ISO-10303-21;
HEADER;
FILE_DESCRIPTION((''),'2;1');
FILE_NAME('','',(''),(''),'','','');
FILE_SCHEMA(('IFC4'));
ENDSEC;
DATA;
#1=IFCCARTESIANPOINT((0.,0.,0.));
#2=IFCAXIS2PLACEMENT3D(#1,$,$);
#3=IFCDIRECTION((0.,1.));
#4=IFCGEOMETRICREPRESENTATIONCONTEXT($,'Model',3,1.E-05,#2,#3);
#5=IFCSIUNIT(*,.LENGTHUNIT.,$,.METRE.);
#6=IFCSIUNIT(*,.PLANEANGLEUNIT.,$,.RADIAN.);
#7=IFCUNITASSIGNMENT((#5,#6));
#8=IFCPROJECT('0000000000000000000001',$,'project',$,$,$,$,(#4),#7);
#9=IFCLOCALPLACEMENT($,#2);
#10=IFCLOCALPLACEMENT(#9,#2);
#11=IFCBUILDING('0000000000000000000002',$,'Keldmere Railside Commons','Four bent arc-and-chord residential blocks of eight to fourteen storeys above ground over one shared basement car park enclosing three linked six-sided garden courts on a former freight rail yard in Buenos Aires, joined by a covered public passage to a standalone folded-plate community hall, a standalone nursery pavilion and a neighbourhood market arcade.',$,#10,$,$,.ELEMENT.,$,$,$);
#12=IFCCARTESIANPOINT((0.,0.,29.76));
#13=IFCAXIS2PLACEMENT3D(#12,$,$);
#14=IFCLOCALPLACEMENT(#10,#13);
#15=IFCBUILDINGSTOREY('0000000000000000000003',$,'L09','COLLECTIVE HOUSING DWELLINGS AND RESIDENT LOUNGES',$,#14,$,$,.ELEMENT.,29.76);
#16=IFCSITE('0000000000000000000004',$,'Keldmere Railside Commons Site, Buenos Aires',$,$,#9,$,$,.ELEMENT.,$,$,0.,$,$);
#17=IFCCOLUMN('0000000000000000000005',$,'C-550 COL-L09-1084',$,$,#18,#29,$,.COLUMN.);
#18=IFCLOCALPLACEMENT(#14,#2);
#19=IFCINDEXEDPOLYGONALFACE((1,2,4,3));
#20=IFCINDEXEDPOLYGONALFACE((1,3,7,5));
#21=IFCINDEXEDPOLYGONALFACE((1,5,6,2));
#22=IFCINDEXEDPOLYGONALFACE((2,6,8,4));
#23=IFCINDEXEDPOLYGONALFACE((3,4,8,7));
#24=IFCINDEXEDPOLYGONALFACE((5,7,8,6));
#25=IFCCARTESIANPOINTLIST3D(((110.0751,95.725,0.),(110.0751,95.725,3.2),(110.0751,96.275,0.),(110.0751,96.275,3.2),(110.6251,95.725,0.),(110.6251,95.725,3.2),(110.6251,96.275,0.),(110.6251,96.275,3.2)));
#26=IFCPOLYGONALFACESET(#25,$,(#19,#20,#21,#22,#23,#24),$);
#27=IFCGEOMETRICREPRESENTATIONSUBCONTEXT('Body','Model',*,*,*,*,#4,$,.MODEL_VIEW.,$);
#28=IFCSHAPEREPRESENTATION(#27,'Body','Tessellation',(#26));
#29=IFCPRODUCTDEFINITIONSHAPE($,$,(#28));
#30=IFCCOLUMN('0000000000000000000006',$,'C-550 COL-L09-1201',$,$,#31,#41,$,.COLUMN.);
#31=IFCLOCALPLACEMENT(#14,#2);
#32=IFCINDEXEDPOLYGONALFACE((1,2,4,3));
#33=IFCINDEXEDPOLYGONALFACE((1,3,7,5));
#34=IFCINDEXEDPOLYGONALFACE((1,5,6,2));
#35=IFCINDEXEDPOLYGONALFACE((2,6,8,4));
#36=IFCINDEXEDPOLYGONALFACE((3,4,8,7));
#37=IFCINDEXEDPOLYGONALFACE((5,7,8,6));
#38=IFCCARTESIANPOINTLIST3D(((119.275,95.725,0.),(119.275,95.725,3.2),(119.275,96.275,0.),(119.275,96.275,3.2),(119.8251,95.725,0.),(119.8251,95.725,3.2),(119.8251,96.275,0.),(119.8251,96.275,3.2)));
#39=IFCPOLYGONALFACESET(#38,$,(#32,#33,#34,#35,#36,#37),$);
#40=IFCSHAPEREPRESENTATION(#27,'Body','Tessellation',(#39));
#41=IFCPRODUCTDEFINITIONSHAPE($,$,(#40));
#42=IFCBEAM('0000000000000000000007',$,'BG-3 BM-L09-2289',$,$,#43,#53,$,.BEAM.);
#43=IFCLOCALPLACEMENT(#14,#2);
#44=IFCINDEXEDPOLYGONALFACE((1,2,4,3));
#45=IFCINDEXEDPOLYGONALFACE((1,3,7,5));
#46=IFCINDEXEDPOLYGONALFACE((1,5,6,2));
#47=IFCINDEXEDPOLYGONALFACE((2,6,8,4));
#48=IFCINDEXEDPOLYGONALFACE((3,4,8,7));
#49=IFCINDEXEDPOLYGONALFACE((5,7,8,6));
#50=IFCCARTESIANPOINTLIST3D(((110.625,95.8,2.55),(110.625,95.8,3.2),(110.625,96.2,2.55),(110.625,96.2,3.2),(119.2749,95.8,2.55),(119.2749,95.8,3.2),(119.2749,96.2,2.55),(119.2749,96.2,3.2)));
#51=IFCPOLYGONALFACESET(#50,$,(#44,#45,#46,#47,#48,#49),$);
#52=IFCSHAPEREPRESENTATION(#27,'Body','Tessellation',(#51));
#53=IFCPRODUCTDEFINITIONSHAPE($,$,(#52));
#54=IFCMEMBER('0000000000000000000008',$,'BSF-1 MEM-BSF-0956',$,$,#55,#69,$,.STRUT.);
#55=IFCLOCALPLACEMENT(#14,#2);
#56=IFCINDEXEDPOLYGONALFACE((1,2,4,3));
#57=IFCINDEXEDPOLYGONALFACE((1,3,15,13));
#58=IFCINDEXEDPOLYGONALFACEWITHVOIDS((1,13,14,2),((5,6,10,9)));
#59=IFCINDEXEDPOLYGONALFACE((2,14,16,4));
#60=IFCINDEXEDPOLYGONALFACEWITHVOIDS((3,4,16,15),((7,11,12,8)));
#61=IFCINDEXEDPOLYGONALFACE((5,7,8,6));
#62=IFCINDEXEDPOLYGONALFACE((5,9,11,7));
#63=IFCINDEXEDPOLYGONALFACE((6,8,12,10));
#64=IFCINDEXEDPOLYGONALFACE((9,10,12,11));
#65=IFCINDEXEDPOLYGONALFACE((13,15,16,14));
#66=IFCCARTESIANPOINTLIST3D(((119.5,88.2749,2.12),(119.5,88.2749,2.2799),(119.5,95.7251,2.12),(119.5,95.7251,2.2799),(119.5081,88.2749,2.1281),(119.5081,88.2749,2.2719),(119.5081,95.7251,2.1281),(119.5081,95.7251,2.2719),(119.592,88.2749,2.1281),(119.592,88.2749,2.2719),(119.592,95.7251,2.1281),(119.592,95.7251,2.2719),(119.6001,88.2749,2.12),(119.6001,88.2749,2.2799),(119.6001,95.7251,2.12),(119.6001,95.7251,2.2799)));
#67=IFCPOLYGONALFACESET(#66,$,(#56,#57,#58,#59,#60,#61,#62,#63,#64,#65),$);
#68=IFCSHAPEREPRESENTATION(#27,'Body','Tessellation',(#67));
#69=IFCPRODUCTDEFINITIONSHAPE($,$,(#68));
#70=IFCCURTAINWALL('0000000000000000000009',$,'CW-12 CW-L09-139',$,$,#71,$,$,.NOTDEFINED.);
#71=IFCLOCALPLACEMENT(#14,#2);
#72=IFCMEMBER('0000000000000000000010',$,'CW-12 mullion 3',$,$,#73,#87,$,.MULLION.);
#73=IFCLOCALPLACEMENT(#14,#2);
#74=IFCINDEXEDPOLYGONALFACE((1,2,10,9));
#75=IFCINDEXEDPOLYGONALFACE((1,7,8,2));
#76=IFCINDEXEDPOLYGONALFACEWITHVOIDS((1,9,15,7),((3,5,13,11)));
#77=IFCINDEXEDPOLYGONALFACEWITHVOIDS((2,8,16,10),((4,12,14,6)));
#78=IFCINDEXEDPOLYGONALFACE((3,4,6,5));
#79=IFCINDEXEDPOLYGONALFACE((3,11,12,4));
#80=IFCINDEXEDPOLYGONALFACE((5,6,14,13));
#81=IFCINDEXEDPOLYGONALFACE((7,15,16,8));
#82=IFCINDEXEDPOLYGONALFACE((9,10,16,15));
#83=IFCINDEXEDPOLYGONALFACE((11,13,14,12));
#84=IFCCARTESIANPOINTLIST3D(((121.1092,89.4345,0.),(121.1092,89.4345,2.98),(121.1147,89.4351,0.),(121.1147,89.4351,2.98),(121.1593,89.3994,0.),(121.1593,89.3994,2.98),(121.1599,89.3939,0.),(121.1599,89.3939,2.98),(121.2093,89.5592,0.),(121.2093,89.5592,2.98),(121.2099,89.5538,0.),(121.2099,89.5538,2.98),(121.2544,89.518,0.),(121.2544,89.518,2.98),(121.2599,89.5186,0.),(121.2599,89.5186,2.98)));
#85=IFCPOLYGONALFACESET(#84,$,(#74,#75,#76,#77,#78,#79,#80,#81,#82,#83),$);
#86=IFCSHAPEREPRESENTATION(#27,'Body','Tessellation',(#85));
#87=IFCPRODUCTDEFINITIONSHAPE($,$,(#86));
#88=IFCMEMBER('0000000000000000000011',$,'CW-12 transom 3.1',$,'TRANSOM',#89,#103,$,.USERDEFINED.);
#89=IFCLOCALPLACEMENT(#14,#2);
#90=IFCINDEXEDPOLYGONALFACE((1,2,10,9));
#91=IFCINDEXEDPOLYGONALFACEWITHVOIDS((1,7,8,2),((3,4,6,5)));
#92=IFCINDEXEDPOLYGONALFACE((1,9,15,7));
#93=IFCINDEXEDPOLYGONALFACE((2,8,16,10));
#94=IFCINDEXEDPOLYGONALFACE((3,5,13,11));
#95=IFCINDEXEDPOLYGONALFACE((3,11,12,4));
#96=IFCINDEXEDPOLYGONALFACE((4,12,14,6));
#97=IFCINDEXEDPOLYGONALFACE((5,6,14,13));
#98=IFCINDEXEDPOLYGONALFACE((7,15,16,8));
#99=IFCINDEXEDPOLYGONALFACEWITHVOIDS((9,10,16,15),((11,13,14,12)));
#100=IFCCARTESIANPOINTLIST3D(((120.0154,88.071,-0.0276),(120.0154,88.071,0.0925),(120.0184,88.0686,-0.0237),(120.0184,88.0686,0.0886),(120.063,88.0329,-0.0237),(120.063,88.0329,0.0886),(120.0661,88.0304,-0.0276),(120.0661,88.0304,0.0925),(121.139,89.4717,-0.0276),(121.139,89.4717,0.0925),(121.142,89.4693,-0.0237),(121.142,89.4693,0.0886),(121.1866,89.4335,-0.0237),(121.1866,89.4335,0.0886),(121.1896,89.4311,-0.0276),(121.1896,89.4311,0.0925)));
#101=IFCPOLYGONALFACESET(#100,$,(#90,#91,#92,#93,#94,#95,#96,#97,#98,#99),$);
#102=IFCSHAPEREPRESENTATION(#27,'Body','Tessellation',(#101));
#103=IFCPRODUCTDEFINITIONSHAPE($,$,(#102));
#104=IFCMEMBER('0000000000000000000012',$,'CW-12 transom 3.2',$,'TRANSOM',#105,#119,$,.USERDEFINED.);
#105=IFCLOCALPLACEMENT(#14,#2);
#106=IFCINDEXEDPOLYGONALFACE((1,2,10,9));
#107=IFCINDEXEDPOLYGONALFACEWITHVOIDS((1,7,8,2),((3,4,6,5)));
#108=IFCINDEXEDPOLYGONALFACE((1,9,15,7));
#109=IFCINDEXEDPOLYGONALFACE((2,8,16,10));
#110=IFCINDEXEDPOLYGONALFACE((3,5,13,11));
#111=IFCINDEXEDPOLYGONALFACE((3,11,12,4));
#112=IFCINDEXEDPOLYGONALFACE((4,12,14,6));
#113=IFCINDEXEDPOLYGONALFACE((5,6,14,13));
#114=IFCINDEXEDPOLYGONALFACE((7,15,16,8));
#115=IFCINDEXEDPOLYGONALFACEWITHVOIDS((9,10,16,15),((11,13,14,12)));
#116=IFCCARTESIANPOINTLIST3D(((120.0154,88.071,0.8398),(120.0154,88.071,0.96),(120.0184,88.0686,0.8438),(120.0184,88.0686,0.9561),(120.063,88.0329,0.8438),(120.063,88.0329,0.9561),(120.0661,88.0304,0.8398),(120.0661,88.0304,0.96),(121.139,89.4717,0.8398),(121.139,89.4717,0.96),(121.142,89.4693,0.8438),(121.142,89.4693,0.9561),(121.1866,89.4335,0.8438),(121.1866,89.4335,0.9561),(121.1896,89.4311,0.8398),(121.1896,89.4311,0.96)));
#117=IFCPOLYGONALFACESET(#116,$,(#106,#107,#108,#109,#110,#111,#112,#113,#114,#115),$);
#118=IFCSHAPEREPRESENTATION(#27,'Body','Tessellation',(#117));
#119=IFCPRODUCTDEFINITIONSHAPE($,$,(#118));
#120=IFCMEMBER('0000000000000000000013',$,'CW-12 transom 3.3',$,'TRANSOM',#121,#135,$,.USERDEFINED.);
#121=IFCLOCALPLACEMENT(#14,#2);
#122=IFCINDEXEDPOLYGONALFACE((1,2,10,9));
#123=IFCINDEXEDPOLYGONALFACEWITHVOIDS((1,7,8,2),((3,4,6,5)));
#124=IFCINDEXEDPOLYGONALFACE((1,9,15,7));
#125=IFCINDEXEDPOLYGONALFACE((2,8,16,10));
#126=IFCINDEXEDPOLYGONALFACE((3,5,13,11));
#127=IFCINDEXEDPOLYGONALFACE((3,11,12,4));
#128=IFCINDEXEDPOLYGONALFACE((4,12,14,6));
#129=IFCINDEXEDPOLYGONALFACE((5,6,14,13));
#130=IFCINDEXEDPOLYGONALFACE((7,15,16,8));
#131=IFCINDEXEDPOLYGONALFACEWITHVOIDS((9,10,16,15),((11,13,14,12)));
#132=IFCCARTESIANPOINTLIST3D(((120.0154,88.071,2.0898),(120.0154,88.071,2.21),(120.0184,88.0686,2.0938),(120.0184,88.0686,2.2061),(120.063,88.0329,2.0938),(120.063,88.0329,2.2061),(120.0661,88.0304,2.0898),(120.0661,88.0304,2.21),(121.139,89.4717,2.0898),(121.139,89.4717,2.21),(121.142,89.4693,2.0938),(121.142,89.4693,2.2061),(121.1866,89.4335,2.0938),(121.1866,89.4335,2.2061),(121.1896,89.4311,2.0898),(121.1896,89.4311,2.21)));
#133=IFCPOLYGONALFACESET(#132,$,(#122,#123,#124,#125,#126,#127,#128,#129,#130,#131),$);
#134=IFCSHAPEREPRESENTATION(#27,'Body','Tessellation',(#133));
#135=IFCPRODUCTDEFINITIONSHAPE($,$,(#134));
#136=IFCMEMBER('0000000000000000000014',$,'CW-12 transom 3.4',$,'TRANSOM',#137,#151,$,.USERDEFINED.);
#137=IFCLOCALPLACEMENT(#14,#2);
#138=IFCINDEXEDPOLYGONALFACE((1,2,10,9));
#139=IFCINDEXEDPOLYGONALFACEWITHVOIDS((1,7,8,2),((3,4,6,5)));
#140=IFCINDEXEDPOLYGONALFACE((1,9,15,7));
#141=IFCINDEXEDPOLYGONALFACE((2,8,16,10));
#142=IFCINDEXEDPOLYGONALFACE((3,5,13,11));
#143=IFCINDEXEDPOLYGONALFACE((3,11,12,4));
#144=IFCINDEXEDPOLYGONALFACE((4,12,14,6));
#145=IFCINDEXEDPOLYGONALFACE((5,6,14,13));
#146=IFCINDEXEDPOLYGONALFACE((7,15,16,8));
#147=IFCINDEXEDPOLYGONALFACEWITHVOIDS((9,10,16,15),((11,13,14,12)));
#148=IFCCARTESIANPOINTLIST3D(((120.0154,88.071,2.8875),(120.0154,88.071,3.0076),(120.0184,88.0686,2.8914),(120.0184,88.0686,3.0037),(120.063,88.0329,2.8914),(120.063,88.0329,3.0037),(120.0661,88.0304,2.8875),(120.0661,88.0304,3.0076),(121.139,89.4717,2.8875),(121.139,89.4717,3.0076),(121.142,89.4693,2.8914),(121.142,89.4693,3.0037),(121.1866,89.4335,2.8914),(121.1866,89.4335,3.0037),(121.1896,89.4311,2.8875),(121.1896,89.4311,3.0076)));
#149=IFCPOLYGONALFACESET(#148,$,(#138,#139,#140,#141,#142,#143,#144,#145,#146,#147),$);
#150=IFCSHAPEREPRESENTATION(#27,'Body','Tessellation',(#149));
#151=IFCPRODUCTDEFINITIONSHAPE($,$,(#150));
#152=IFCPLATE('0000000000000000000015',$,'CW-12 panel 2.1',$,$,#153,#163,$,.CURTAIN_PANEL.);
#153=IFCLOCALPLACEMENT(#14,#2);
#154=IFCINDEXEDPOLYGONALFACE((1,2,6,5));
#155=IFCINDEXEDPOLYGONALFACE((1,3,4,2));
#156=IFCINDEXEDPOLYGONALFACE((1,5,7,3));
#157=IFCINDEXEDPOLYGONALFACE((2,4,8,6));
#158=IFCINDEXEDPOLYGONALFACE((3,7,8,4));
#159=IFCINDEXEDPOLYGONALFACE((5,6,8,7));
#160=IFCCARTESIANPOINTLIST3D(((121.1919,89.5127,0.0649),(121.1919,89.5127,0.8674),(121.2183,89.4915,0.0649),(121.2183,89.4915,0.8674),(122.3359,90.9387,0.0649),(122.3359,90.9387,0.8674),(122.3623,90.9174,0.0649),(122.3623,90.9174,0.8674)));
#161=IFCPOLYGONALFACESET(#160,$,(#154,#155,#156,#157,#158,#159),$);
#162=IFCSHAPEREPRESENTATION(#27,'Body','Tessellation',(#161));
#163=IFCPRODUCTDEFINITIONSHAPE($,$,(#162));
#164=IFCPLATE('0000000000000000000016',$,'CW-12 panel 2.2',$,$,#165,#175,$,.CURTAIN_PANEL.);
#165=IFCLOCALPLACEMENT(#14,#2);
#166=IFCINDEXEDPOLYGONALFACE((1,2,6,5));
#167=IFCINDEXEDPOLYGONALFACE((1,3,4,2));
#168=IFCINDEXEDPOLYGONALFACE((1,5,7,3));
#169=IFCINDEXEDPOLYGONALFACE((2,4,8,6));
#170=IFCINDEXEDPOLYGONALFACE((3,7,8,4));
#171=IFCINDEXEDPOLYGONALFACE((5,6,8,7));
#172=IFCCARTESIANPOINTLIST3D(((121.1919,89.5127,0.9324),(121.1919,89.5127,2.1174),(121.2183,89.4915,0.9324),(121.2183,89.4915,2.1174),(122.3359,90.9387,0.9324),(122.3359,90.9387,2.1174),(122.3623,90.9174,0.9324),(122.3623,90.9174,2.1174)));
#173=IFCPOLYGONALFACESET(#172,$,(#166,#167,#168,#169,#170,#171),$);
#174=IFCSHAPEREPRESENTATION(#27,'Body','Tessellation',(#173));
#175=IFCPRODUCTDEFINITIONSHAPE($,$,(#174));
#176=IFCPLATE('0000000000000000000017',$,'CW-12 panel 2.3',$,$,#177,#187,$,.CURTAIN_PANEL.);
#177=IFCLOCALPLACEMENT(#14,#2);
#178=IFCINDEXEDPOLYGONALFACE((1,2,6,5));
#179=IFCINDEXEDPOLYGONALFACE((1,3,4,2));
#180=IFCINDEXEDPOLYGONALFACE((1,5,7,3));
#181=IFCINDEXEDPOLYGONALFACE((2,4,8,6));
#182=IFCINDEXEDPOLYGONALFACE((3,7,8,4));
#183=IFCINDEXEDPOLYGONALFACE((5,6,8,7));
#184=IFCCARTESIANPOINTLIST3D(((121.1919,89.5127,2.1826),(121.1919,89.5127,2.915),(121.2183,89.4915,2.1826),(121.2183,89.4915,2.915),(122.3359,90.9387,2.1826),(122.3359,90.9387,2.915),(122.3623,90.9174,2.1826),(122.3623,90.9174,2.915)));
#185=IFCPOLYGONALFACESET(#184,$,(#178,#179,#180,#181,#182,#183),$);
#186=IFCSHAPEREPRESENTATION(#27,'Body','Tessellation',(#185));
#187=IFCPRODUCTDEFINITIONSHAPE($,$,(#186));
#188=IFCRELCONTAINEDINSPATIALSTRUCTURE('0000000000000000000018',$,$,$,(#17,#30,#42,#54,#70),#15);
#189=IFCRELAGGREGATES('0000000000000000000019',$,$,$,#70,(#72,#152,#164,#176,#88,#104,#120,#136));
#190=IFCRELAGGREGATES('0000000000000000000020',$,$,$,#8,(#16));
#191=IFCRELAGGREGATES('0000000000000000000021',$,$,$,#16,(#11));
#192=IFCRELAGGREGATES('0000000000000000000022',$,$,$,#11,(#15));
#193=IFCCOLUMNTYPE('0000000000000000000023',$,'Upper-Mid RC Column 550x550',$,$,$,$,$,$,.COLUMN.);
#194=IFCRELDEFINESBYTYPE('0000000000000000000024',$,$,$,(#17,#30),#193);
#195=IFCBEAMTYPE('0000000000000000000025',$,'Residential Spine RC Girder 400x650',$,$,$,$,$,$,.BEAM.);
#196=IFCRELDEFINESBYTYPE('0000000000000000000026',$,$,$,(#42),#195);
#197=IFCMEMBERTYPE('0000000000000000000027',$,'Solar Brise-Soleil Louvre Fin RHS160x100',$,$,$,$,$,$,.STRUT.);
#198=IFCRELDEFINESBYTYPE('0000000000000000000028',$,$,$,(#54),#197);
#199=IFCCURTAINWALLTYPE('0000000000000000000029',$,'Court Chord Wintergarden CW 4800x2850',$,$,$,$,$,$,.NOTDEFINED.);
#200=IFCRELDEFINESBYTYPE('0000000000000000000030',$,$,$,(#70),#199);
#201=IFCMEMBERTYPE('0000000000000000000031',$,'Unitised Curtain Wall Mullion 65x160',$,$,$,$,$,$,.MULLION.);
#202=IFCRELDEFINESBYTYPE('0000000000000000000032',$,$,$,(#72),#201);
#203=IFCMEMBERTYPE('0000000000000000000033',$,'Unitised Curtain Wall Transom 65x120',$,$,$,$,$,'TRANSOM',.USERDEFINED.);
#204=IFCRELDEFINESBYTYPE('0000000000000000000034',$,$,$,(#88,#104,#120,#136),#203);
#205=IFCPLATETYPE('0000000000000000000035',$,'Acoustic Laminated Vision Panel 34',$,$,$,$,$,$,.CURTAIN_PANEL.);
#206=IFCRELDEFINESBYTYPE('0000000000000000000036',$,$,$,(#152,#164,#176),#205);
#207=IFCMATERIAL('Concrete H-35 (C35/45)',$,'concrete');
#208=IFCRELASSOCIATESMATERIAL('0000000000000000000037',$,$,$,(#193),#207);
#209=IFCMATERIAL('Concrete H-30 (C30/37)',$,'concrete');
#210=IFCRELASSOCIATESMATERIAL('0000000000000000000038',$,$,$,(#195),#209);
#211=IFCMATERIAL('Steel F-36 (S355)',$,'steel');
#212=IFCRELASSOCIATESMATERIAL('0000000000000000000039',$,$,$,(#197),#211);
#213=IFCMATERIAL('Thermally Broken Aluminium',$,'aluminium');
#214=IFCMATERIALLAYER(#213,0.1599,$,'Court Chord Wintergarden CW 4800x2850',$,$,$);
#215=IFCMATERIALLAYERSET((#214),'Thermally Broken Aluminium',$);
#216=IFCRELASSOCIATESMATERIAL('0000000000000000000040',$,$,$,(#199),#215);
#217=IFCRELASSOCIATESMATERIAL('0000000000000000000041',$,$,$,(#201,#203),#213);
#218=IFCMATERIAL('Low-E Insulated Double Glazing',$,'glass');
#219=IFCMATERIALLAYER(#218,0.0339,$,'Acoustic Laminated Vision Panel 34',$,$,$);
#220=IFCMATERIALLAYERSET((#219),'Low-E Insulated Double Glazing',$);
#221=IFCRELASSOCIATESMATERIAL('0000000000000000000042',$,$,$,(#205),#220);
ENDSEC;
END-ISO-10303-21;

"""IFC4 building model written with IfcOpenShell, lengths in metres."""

from ifc_helpers import new_model, si_unit, direction, frame, origin, origin_2d, place, context, subcontext, project, spatial, rectangle, hollow_rectangle, extrude, material, layer, layer_set, material_profile, profile_set, type_object, element, aggregate, save


model = new_model("IFC4")

# Units and contexts
model_context = context("Model", 3, precision=1e-05, world=origin(), true_north=direction((0.0, 1.0)))
body_context = subcontext(model_context, "Body", "Model", "MODEL_VIEW")
ifc_project = project(units=[si_unit("LENGTHUNIT", "METRE"), si_unit("PLANEANGLEUNIT", "RADIAN")], contexts=[model_context])

# Site, building, storey
site_placement = place(None, origin())
site = spatial("IfcSite", under=ifc_project, at=site_placement, Name="Keldmere Railside Commons Site, Buenos Aires", CompositionType="ELEMENT", RefElevation=0.0)
building_placement = place(site_placement, origin())
building = spatial("IfcBuilding", under=site, at=building_placement, Name="Keldmere Railside Commons", Description="Four bent arc-and-chord residential blocks of eight to fourteen storeys above ground over one shared basement car park enclosing three linked six-sided garden courts on a former freight rail yard in Buenos Aires, joined by a covered public passage to a standalone folded-plate community hall, a standalone nursery pavilion and a neighbourhood market arcade.", CompositionType="ELEMENT")
storey_placement = place(building_placement, frame((0.0, 0.0, 29.76)))
storey = spatial("IfcBuildingStorey", under=building, at=storey_placement, Name="L09", Description="COLLECTIVE HOUSING DWELLINGS AND RESIDENT LOUNGES", CompositionType="ELEMENT", Elevation=29.76)

# Columns
ifc_material_1 = material(Name="Concrete H-35 (C35/45)", Category="concrete")
ifc_material_profile_1 = material_profile(ifc_material_1, rectangle(XDim=0.55, YDim=0.55, at=origin_2d()), Name="RC-550x550")
ifc_profile_set_1 = profile_set([ifc_material_profile_1], Name="Concrete H-35 (C35/45)")
column_type = type_object("IfcColumnType", Name="Upper-Mid RC Column 550x550", PredefinedType="COLUMN", material=ifc_profile_set_1)
for number, where, z_axis, x_axis, name in (
    (1, (110.3501, 96.0, 0.0), (0.0, 0.0, 1.0), (1.0, 0.0, 0.0), "C-550 COL-L09-1084"),
    (2, (119.55, 96.0, 0.0), (0.0, 0.0, 1.0), (1.0, 0.0, 0.0), "C-550 COL-L09-1201"),
):
    element("IfcColumn", number, at=place(storey_placement, frame(where, z_axis=z_axis, x_axis=x_axis)), inside=storey, type_object=column_type, Name=name, PredefinedType="COLUMN", context=body_context, shape_type="SweptSolid", body=[
        extrude(rectangle(XDim=0.55, YDim=0.55, at=origin_2d()), origin(), (0.0, 0.0, 1.0), 3.2),
    ])

# Beam
ifc_material_2 = material(Name="Concrete H-30 (C30/37)", Category="concrete")
ifc_material_profile_2 = material_profile(ifc_material_2, rectangle(XDim=0.3999, YDim=0.6499, at=origin_2d()), Name="RC-400x650")
ifc_profile_set_2 = profile_set([ifc_material_profile_2], Name="Concrete H-30 (C30/37)")
beam_type = type_object("IfcBeamType", Name="Residential Spine RC Girder 400x650", PredefinedType="BEAM", material=ifc_profile_set_2)
beam_placement = place(storey_placement, frame((110.625, 96.0, 2.875), z_axis=(1.0, 0.0, 0.0), x_axis=(0.0, 1.0, 0.0)))
element("IfcBeam", 3, at=beam_placement, inside=storey, type_object=beam_type, Name="BG-3 BM-L09-2289", PredefinedType="BEAM", context=body_context, shape_type="SweptSolid", body=[
    extrude(rectangle(XDim=0.3999, YDim=0.6499, at=origin_2d()), origin(), (0.0, 0.0, 1.0), 8.6499),
])

# Member
ifc_material_3 = material(Name="Steel F-36 (S355)", Category="steel")
ifc_material_profile_3 = material_profile(ifc_material_3, hollow_rectangle(XDim=0.1001, YDim=0.1599, WallThickness=0.0081, at=origin_2d()), Name="RHS-160x100x8")
ifc_profile_set_3 = profile_set([ifc_material_profile_3], Name="Steel F-36 (S355)")
member_type_1 = type_object("IfcMemberType", Name="Solar Brise-Soleil Louvre Fin RHS160x100", PredefinedType="STRUT", material=ifc_profile_set_3)
member_1_placement = place(storey_placement, frame((119.55, 88.2749, 2.2), z_axis=(0.0, 1.0, 0.0), x_axis=(-1.0, 0.0, 0.0)))
element("IfcMember", 4, at=member_1_placement, inside=storey, type_object=member_type_1, Name="BSF-1 MEM-BSF-0956", PredefinedType="STRUT", context=body_context, shape_type="SweptSolid", body=[
    extrude(hollow_rectangle(XDim=0.1001, YDim=0.1599, WallThickness=0.0081, at=origin_2d()), origin(), (0.0, 0.0, 1.0), 7.4502),
])

# Curtain wall, members, plates
ifc_material_4 = material(Name="Thermally Broken Aluminium", Category="aluminium")
ifc_layer_1 = layer(ifc_material_4, 0.1599, Name="Court Chord Wintergarden CW 4800x2850")
ifc_layer_set_1 = layer_set([ifc_layer_1], Name="Thermally Broken Aluminium")
curtain_wall_type = type_object("IfcCurtainWallType", Name="Court Chord Wintergarden CW 4800x2850", PredefinedType="NOTDEFINED", material=ifc_layer_set_1)
curtain_wall_placement = place(storey_placement, origin())
curtain_wall = element("IfcCurtainWall", 5, at=curtain_wall_placement, inside=storey, type_object=curtain_wall_type, Name="CW-12 CW-L09-139", PredefinedType="NOTDEFINED")
ifc_material_profile_4 = material_profile(ifc_material_4, hollow_rectangle(XDim=0.0649, YDim=0.1599, WallThickness=0.0039, at=origin_2d()), Name="ALU-MULL-65x160")
ifc_profile_set_4 = profile_set([ifc_material_profile_4], Name="Thermally Broken Aluminium")
member_type_2 = type_object("IfcMemberType", Name="Unitised Curtain Wall Mullion 65x160", PredefinedType="MULLION", material=ifc_profile_set_4)
member_2_placement = place(storey_placement, frame((121.1846, 89.4766, 0.0), z_axis=(0.0, 0.0, 1.0), x_axis=(0.780009, -0.625768, 0.0)))
member_2 = element("IfcMember", 6, at=member_2_placement, type_object=member_type_2, Name="CW-12 mullion 3", PredefinedType="MULLION", context=body_context, shape_type="SweptSolid", body=[
    extrude(hollow_rectangle(XDim=0.0649, YDim=0.1599, WallThickness=0.0039, at=origin_2d()), origin(), (0.0, 0.0, 1.0), 2.98),
])
ifc_material_profile_5 = material_profile(ifc_material_4, hollow_rectangle(XDim=0.0649, YDim=0.1201, WallThickness=0.0039, at=origin_2d()), Name="ALU-TRAN-65x120")
ifc_profile_set_5 = profile_set([ifc_material_profile_5], Name="Thermally Broken Aluminium")
member_type_3 = type_object("IfcMemberType", Name="Unitised Curtain Wall Transom 65x120", ElementType="TRANSOM", PredefinedType="USERDEFINED", material=ifc_profile_set_5)
member_3_placement = place(storey_placement, frame((121.1643, 89.4514, 0.0325), z_axis=(-0.625723, -0.780046, 0.0), x_axis=(0.780046, -0.625723, 0.0)))
member_3 = element("IfcMember", 7, at=member_3_placement, type_object=member_type_3, Name="CW-12 transom 3.1", ObjectType="TRANSOM", PredefinedType="USERDEFINED", context=body_context, shape_type="SweptSolid", body=[
    extrude(hollow_rectangle(XDim=0.0649, YDim=0.1201, WallThickness=0.0039, at=origin_2d()), origin(), (0.0, 0.0, 1.0), 1.7957),
])
member_4_placement = place(storey_placement, frame((121.1643, 89.4514, 0.8999), z_axis=(-0.625723, -0.780046, 0.0), x_axis=(0.780046, -0.625723, 0.0)))
member_4 = element("IfcMember", 8, at=member_4_placement, type_object=member_type_3, Name="CW-12 transom 3.2", ObjectType="TRANSOM", PredefinedType="USERDEFINED", context=body_context, shape_type="SweptSolid", body=[
    extrude(hollow_rectangle(XDim=0.0649, YDim=0.1201, WallThickness=0.0039, at=origin_2d()), origin(), (0.0, 0.0, 1.0), 1.7957),
])
member_5_placement = place(storey_placement, frame((121.1643, 89.4514, 2.1499), z_axis=(-0.625723, -0.780046, 0.0), x_axis=(0.780046, -0.625723, 0.0)))
member_5 = element("IfcMember", 9, at=member_5_placement, type_object=member_type_3, Name="CW-12 transom 3.3", ObjectType="TRANSOM", PredefinedType="USERDEFINED", context=body_context, shape_type="SweptSolid", body=[
    extrude(hollow_rectangle(XDim=0.0649, YDim=0.1201, WallThickness=0.0039, at=origin_2d()), origin(), (0.0, 0.0, 1.0), 1.7957),
])
member_6_placement = place(storey_placement, frame((121.1643, 89.4514, 2.9475), z_axis=(-0.625723, -0.780046, 0.0), x_axis=(0.780046, -0.625723, 0.0)))
member_6 = element("IfcMember", 10, at=member_6_placement, type_object=member_type_3, Name="CW-12 transom 3.4", ObjectType="TRANSOM", PredefinedType="USERDEFINED", context=body_context, shape_type="SweptSolid", body=[
    extrude(hollow_rectangle(XDim=0.0649, YDim=0.1201, WallThickness=0.0039, at=origin_2d()), origin(), (0.0, 0.0, 1.0), 1.7957),
])
ifc_material_5 = material(Name="Low-E Insulated Double Glazing", Category="glass")
ifc_layer_2 = layer(ifc_material_5, 0.0339, Name="Acoustic Laminated Vision Panel 34")
ifc_layer_set_2 = layer_set([ifc_layer_2], Name="Low-E Insulated Double Glazing")
plate_type = type_object("IfcPlateType", Name="Acoustic Laminated Vision Panel 34", PredefinedType="CURTAIN_PANEL", material=ifc_layer_set_2)
plate_1_placement = place(storey_placement, frame((121.7771, 90.2151, 0.0649), z_axis=(0.0, 0.0, 1.0), x_axis=(-0.625768, -0.780009, 0.0)))
plate_1 = element("IfcPlate", 11, at=plate_1_placement, type_object=plate_type, Name="CW-12 panel 2.1", PredefinedType="CURTAIN_PANEL", context=body_context, shape_type="SweptSolid", body=[
    extrude(rectangle(XDim=1.8281, YDim=0.0339, at=origin_2d()), origin(), (0.0, 0.0, 1.0), 0.8025),
])
plate_2_placement = place(storey_placement, frame((121.7771, 90.2151, 0.9324), z_axis=(0.0, 0.0, 1.0), x_axis=(-0.625768, -0.780009, 0.0)))
plate_2 = element("IfcPlate", 12, at=plate_2_placement, type_object=plate_type, Name="CW-12 panel 2.2", PredefinedType="CURTAIN_PANEL", context=body_context, shape_type="SweptSolid", body=[
    extrude(rectangle(XDim=1.8281, YDim=0.0339, at=origin_2d()), origin(), (0.0, 0.0, 1.0), 1.1851),
])
plate_3_placement = place(storey_placement, frame((121.7771, 90.2151, 2.1826), z_axis=(0.0, 0.0, 1.0), x_axis=(-0.625768, -0.780009, 0.0)))
plate_3 = element("IfcPlate", 13, at=plate_3_placement, type_object=plate_type, Name="CW-12 panel 2.3", PredefinedType="CURTAIN_PANEL", context=body_context, shape_type="SweptSolid", body=[
    extrude(rectangle(XDim=1.8281, YDim=0.0339, at=origin_2d()), origin(), (0.0, 0.0, 1.0), 0.7324),
])
aggregate(curtain_wall, [member_2, plate_1, plate_2, plate_3, member_3, member_4, member_5, member_6])

save(model, "model.ifc")
